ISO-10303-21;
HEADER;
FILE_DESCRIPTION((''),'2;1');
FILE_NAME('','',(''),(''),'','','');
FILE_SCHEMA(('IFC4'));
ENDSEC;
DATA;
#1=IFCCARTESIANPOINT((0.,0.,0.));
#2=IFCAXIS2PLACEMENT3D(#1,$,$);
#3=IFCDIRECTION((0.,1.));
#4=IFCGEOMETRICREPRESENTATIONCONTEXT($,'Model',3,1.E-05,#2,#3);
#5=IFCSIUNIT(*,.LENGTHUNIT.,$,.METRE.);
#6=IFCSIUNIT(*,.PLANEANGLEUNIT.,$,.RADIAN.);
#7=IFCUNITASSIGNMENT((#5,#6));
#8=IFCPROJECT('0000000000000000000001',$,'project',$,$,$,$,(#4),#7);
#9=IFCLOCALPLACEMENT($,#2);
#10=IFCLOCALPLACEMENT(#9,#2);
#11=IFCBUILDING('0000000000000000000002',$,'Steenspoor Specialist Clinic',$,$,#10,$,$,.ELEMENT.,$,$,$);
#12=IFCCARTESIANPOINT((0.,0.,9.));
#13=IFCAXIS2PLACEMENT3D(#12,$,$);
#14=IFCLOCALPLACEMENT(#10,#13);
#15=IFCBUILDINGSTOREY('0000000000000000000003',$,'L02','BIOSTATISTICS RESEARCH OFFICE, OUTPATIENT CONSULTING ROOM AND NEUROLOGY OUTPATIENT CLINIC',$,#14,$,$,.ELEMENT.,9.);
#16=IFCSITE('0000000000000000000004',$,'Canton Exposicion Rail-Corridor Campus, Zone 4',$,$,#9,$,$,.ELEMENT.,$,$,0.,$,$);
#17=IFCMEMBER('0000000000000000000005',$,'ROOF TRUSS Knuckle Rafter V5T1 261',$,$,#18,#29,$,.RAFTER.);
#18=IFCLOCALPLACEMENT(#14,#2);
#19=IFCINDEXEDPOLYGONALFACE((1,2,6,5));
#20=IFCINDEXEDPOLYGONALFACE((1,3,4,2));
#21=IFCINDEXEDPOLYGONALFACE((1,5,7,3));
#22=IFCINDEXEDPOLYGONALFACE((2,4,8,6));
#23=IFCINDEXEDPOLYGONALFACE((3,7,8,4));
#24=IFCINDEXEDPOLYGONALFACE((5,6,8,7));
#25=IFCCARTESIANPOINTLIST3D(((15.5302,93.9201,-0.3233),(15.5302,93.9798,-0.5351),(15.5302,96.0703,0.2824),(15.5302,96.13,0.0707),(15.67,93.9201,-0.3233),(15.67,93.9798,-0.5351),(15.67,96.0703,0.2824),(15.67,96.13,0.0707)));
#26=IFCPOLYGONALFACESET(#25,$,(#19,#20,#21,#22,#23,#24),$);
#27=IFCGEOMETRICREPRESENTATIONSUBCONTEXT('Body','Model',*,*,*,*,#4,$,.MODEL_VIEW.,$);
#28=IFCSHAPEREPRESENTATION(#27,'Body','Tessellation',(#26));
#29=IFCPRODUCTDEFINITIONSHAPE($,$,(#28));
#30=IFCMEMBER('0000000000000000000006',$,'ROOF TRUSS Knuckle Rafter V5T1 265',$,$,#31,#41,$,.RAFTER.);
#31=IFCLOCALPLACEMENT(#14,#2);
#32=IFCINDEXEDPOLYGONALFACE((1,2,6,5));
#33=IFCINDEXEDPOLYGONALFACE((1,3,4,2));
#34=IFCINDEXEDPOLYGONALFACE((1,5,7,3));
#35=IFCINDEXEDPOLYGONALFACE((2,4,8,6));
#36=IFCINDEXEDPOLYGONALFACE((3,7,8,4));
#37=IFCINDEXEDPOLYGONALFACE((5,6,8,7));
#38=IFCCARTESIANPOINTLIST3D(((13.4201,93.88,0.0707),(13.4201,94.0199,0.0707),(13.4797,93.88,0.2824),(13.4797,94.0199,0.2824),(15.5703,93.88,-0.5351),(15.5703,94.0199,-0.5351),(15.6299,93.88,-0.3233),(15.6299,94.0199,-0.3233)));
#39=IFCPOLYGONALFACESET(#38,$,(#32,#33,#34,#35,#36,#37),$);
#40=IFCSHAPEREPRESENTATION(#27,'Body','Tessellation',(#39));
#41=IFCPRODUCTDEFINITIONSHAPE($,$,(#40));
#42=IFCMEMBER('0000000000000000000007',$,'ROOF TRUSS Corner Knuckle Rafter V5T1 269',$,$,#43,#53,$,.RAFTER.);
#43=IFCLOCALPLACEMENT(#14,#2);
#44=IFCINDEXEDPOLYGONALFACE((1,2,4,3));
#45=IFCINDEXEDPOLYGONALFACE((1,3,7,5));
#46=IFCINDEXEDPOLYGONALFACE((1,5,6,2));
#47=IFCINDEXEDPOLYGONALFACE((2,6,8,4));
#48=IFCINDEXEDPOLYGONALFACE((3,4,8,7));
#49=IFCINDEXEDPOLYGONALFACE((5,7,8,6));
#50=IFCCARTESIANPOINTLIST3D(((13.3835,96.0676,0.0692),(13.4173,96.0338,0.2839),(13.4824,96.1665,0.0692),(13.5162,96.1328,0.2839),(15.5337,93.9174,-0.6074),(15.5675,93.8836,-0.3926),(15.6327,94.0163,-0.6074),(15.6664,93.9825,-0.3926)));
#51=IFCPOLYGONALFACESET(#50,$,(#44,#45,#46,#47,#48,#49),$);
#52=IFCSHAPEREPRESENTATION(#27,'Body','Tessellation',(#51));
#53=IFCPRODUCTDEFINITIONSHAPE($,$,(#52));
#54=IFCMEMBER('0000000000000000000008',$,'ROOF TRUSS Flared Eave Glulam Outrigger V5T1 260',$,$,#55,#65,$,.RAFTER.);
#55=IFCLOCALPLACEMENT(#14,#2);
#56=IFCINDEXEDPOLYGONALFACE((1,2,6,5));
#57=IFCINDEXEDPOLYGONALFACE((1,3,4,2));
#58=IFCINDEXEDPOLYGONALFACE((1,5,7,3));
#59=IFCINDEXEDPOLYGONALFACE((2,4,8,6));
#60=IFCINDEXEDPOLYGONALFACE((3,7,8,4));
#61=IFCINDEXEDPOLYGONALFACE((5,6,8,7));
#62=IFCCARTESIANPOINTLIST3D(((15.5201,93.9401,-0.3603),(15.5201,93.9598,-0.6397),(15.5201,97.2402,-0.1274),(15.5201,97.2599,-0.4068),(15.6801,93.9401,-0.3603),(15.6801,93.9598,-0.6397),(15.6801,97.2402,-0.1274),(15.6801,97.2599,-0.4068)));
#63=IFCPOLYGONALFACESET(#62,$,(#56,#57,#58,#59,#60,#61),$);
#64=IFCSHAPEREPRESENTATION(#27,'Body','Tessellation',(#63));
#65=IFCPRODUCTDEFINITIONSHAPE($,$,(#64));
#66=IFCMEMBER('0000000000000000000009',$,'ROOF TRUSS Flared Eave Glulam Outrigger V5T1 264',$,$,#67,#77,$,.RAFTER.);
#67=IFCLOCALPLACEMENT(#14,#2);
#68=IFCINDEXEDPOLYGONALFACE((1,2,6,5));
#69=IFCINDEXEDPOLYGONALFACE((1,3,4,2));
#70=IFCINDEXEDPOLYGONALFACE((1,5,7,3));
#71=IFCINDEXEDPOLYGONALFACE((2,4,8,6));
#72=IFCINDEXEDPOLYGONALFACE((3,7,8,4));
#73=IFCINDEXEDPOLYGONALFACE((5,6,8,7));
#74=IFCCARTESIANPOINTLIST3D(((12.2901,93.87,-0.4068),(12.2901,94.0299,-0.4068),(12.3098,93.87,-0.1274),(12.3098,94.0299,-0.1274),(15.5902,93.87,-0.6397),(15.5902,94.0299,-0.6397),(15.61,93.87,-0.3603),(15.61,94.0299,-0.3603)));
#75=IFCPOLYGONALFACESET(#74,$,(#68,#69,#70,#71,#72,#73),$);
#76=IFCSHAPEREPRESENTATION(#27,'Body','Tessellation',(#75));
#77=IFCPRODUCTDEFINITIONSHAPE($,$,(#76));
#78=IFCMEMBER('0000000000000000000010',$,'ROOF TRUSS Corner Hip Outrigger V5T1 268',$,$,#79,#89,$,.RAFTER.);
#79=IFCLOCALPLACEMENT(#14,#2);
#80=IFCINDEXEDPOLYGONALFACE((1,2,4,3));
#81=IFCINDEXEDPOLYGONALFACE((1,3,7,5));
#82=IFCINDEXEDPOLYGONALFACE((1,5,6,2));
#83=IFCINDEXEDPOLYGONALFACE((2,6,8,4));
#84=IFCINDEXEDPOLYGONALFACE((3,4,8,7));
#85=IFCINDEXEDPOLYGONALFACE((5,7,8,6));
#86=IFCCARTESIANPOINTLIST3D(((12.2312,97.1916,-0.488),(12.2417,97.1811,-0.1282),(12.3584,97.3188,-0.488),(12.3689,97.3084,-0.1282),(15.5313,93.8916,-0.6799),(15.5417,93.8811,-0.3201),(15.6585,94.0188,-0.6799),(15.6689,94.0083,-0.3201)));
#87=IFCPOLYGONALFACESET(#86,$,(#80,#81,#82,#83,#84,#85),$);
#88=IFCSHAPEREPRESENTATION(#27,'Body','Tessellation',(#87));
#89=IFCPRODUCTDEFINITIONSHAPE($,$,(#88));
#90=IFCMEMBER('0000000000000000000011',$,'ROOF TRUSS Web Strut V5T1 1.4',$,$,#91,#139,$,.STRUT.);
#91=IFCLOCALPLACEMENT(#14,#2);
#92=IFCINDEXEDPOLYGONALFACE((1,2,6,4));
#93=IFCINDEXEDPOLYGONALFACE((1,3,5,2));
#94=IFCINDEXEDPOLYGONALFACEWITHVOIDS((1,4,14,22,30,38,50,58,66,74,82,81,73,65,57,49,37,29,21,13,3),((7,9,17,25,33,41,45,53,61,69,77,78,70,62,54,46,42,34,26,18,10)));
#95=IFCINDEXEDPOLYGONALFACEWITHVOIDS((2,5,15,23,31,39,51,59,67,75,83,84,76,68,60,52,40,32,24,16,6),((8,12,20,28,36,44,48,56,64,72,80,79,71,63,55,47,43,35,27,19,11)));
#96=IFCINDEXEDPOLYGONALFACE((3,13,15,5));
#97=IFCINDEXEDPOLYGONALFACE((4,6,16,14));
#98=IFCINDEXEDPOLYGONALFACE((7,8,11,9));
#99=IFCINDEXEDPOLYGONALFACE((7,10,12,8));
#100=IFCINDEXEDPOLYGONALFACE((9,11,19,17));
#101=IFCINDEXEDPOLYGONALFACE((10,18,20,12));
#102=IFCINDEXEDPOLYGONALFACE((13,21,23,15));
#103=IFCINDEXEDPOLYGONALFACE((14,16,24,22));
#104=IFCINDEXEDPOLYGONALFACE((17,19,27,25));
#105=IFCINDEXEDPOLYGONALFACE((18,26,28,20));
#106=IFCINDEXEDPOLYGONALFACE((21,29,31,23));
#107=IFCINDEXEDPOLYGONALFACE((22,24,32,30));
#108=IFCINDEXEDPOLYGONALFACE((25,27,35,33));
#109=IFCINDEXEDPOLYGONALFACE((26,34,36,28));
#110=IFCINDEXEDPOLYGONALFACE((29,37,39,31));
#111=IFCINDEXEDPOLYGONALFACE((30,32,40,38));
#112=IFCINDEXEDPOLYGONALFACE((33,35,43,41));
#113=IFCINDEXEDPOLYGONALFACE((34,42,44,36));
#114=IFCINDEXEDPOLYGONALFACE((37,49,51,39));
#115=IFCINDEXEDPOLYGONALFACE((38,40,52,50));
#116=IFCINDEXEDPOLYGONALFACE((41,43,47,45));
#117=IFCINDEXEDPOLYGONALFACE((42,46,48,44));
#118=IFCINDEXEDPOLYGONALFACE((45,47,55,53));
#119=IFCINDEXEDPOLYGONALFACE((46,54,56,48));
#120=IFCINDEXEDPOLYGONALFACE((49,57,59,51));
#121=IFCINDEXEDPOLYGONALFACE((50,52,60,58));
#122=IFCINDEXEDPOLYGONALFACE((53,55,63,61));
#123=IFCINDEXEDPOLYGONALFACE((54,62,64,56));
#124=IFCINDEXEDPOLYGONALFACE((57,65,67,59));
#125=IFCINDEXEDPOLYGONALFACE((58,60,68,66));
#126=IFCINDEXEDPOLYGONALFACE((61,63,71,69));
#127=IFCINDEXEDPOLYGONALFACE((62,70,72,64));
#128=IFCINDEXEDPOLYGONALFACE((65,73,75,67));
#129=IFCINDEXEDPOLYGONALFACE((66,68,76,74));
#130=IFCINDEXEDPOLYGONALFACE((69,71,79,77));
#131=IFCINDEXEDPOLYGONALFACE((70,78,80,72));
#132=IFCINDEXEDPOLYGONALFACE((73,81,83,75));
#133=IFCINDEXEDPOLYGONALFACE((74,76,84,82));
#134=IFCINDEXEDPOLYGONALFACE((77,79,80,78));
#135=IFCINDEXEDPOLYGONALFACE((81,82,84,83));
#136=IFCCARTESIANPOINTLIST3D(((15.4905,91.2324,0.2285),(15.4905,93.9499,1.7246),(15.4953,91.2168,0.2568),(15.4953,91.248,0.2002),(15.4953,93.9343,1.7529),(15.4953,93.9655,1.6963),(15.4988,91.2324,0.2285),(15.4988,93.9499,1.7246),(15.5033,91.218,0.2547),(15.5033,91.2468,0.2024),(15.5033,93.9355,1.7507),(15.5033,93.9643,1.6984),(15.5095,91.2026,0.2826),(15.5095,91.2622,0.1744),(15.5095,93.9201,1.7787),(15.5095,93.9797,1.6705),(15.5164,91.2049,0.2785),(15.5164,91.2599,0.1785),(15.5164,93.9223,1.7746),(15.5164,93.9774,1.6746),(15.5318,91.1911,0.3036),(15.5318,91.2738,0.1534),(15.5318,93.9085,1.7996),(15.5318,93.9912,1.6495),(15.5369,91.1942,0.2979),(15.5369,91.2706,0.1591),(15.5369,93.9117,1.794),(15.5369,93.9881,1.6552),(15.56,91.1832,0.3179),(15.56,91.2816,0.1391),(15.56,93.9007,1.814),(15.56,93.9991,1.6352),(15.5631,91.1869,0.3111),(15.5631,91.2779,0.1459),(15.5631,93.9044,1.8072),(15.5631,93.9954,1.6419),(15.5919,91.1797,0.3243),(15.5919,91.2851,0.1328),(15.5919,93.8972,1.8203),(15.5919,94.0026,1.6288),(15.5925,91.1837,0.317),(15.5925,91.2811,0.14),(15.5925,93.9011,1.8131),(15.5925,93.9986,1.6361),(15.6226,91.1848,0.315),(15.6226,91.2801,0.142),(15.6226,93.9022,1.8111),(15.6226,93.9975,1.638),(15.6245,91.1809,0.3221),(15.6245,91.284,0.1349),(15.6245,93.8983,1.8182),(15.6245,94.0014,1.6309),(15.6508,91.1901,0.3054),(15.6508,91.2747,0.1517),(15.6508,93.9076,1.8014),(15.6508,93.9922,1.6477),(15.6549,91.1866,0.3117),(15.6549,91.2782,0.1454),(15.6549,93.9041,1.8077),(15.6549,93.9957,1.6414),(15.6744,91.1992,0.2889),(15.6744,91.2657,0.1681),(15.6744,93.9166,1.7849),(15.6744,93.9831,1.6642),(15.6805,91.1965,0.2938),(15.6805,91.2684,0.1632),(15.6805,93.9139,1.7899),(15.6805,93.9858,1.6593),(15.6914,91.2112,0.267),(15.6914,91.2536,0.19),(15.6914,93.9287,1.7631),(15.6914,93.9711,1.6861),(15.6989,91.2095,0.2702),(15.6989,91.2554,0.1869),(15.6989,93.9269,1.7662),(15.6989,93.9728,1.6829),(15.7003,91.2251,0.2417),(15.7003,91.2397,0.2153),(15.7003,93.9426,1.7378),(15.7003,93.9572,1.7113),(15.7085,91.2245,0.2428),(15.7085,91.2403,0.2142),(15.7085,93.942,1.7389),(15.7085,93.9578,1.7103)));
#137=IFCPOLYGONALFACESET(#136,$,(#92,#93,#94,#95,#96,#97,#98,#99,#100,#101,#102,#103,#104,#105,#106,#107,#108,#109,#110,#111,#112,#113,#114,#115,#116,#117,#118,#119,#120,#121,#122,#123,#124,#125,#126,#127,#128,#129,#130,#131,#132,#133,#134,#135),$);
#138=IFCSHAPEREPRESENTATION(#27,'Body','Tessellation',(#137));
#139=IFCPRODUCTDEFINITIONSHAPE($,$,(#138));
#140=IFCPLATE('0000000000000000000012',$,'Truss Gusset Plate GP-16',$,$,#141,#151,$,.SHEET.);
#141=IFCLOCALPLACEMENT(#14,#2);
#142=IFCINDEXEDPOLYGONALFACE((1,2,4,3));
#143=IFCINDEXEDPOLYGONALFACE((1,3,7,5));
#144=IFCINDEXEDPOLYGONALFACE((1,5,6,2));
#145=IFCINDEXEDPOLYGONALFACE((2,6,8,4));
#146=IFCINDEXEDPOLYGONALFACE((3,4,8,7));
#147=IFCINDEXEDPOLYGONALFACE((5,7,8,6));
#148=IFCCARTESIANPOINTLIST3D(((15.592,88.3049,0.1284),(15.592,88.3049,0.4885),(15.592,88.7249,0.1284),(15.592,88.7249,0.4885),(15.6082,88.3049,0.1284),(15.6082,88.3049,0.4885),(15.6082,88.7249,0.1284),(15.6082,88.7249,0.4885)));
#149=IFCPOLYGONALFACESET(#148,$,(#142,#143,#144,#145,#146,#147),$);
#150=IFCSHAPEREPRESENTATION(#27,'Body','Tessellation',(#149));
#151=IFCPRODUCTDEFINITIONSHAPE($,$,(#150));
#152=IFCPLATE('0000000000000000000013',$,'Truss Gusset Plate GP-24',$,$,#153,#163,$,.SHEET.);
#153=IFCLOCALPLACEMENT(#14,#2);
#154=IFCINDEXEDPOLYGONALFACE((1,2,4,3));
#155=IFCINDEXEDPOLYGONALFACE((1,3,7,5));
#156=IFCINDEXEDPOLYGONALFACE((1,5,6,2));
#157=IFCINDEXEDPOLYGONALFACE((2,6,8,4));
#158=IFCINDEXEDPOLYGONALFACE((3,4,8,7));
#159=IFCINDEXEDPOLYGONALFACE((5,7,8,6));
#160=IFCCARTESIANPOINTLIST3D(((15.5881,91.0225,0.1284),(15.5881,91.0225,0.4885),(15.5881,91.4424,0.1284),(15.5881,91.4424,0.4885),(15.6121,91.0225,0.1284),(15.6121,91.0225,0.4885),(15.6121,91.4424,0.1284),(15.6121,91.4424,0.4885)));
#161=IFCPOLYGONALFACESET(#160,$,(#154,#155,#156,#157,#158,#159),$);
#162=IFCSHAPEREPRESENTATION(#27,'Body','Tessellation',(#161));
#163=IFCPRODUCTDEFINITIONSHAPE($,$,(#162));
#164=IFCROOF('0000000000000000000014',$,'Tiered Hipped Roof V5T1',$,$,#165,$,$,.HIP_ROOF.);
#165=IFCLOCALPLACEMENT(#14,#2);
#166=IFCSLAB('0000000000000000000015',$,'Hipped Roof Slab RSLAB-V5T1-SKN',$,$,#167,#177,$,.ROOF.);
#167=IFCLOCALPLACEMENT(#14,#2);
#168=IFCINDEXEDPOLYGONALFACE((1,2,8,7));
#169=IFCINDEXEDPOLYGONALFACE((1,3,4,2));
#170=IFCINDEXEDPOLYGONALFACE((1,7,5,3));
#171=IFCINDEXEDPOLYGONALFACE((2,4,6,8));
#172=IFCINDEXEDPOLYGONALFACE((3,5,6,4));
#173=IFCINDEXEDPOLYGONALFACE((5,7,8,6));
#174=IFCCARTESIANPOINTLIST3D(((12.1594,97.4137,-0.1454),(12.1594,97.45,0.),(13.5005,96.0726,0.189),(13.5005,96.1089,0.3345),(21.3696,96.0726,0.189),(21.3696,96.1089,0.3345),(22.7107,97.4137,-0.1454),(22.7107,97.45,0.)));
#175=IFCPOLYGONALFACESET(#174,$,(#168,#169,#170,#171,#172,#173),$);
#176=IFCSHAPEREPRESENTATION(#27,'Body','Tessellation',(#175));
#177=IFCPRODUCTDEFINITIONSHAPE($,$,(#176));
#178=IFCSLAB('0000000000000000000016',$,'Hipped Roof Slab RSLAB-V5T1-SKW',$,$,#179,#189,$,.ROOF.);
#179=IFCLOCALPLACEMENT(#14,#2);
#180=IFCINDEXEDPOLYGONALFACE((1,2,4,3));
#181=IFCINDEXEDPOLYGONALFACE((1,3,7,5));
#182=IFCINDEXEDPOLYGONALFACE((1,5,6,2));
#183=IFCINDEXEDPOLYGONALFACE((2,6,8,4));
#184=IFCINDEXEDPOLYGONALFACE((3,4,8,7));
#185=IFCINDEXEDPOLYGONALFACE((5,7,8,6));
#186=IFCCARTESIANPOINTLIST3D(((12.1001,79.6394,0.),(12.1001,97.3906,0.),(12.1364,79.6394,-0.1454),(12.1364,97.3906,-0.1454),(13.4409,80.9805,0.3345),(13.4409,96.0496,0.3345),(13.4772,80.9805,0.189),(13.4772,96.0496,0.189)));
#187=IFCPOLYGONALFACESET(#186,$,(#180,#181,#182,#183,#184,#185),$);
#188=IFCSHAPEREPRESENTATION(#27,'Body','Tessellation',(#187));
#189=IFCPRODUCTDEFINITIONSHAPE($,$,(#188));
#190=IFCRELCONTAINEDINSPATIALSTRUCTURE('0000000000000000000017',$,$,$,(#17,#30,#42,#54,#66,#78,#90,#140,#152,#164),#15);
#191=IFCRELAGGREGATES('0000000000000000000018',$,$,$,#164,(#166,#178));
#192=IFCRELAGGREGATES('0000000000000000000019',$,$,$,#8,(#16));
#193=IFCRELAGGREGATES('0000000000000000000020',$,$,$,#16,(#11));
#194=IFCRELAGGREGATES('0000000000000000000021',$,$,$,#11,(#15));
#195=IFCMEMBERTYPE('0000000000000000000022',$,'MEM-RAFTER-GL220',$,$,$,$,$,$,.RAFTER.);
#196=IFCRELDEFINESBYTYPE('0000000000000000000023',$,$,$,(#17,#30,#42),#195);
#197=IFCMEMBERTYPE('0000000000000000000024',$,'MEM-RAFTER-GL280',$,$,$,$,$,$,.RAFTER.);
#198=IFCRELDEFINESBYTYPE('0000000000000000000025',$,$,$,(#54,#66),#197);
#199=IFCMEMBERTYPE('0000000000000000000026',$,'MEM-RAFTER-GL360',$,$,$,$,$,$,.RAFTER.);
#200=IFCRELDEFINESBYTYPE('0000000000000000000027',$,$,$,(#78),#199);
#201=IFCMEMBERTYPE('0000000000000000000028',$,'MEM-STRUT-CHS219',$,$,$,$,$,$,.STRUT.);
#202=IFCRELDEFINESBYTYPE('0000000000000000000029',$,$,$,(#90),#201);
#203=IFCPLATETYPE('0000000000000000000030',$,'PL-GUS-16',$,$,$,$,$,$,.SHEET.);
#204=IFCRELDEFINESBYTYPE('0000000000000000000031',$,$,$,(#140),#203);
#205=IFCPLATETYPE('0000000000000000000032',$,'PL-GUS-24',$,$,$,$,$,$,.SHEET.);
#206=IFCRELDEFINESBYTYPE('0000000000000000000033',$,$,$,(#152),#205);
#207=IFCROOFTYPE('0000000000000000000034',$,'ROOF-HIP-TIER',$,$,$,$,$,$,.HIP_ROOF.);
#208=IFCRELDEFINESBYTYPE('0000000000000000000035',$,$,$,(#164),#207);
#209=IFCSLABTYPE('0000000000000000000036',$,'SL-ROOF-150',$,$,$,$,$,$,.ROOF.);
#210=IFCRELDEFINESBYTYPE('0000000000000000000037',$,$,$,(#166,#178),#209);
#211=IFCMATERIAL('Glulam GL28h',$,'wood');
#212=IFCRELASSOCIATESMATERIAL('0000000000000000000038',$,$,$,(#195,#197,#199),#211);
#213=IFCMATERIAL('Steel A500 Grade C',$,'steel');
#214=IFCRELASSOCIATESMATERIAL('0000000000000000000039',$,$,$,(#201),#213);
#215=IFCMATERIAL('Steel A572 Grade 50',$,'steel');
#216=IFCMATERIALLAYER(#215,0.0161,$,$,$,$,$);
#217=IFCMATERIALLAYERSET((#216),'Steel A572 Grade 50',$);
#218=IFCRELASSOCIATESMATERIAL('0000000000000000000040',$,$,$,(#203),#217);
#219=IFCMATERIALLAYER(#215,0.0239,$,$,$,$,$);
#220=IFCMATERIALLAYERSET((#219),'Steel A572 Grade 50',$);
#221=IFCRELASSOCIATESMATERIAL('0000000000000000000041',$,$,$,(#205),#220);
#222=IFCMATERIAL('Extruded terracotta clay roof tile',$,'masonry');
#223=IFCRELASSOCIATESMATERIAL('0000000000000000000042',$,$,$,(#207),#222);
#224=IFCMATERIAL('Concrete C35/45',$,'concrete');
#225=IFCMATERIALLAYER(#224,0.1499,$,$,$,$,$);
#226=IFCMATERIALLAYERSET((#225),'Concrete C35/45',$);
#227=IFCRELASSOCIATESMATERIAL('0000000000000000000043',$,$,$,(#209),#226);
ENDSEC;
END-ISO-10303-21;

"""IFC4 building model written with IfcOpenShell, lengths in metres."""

from ifc_helpers import new_model, si_unit, direction, frame, origin, origin_2d, place, context, subcontext, project, spatial, polyline, rectangle, hollow_circle, outline, extrude, material, layer, layer_set, material_profile, profile_set, type_object, element, aggregate, save


model = new_model("IFC4")

# Units and contexts
model_context = context("Model", 3, precision=1e-05, world=origin(), true_north=direction((0.0, 1.0)))
body_context = subcontext(model_context, "Body", "Model", "MODEL_VIEW")
ifc_project = project(units=[si_unit("LENGTHUNIT", "METRE"), si_unit("PLANEANGLEUNIT", "RADIAN")], contexts=[model_context])

# Site, building, storey
site_placement = place(None, origin())
site = spatial("IfcSite", under=ifc_project, at=site_placement, Name="Canton Exposicion Rail-Corridor Campus, Zone 4", CompositionType="ELEMENT", RefElevation=0.0)
building_placement = place(site_placement, origin())
building = spatial("IfcBuilding", under=site, at=building_placement, Name="Steenspoor Specialist Clinic", CompositionType="ELEMENT")
storey_placement = place(building_placement, frame((0.0, 0.0, 9.0)))
storey = spatial("IfcBuildingStorey", under=building, at=storey_placement, Name="L02", Description="BIOSTATISTICS RESEARCH OFFICE, OUTPATIENT CONSULTING ROOM AND NEUROLOGY OUTPATIENT CLINIC", CompositionType="ELEMENT", Elevation=9.0)

# Members
ifc_material_1 = material(Name="Steel A500 Grade C", Category="steel")
ifc_material_2 = material(Name="Glulam GL28h", Category="wood")
ifc_material_profile_1 = material_profile(ifc_material_2, rectangle(XDim=0.1399, YDim=0.22, at=origin_2d()), Name="GL28H-140X220")
ifc_profile_set_1 = profile_set([ifc_material_profile_1], Name="Glulam GL28h")
member_type_1 = type_object("IfcMemberType", Name="MEM-RAFTER-GL220", PredefinedType="RAFTER", material=ifc_profile_set_1)
for number, where, z_axis, x_axis, name in (
    (1, (15.6001, 93.95, -0.4292), (0.0, 0.962536, 0.271154), (-1.0, 0.0, 0.0), "ROOF TRUSS Knuckle Rafter V5T1 261"),
    (2, (15.6001, 93.95, -0.4292), (-0.962536, 0.0, 0.271154), (0.0, -1.0, 0.0), "ROOF TRUSS Knuckle Rafter V5T1 265"),
):
    element("IfcMember", number, at=place(storey_placement, frame(where, z_axis=z_axis, x_axis=x_axis)), inside=storey, type_object=member_type_1, Name=name, PredefinedType="RAFTER", context=body_context, shape_type="SweptSolid", body=[
        extrude(rectangle(XDim=0.1399, YDim=0.22, at=origin_2d()), origin(), (0.0, 0.0, 1.0), 2.2339),
    ])
member_1_placement = place(storey_placement, frame((15.6001, 93.95, -0.5), z_axis=(-0.690231, 0.690231, 0.217171), x_axis=(-0.707107, -0.707107, 0.0)))
element("IfcMember", 3, at=member_1_placement, inside=storey, type_object=member_type_1, Name="ROOF TRUSS Corner Knuckle Rafter V5T1 269", PredefinedType="RAFTER", context=body_context, shape_type="SweptSolid", body=[
    extrude(rectangle(XDim=0.1399, YDim=0.22, at=origin_2d()), origin(), (0.0, 0.0, 1.0), 3.1152),
])
ifc_material_profile_2 = material_profile(ifc_material_2, rectangle(XDim=0.1599, YDim=0.28, at=origin_2d()), Name="GL28H-160X280")
ifc_profile_set_2 = profile_set([ifc_material_profile_2], Name="Glulam GL28h")
member_type_2 = type_object("IfcMemberType", Name="MEM-RAFTER-GL280", PredefinedType="RAFTER", material=ifc_profile_set_2)
for number, where, z_axis, x_axis, name in (
    (4, (15.6001, 93.95, -0.5), (0.0, 0.997519, 0.070403), (-1.0, 0.0, 0.0), "ROOF TRUSS Flared Eave Glulam Outrigger V5T1 260"),
    (5, (15.6001, 93.95, -0.5), (-0.997519, 0.0, 0.070403), (0.0, -1.0, 0.0), "ROOF TRUSS Flared Eave Glulam Outrigger V5T1 264"),
):
    element("IfcMember", number, at=place(storey_placement, frame(where, z_axis=z_axis, x_axis=x_axis)), inside=storey, type_object=member_type_2, Name=name, PredefinedType="RAFTER", context=body_context, shape_type="SweptSolid", body=[
        extrude(rectangle(XDim=0.1599, YDim=0.28, at=origin_2d()), origin(), (0.0, 0.0, 1.0), 3.3083),
    ])
ifc_material_profile_3 = material_profile(ifc_material_2, rectangle(XDim=0.1799, YDim=0.3601, at=origin_2d()), Name="GL28H-180X360")
ifc_profile_set_3 = profile_set([ifc_material_profile_3], Name="Glulam GL28h")
member_type_3 = type_object("IfcMemberType", Name="MEM-RAFTER-GL360", PredefinedType="RAFTER", material=ifc_profile_set_3)
member_2_placement = place(storey_placement, frame((15.6001, 93.95, -0.5), z_axis=(-0.70651, 0.70651, 0.041083), x_axis=(-0.707107, -0.707107, 0.0)))
element("IfcMember", 6, at=member_2_placement, inside=storey, type_object=member_type_3, Name="ROOF TRUSS Corner Hip Outrigger V5T1 268", PredefinedType="RAFTER", context=body_context, shape_type="SweptSolid", body=[
    extrude(rectangle(XDim=0.1799, YDim=0.3601, at=origin_2d()), origin(), (0.0, 0.0, 1.0), 4.6709),
])
ifc_material_profile_4 = material_profile(ifc_material_1, hollow_circle(Radius=0.1096, WallThickness=0.0083, at=origin_2d()), Name="CHS219X8.2")
ifc_profile_set_4 = profile_set([ifc_material_profile_4], Name="Steel A500 Grade C")
member_type_4 = type_object("IfcMemberType", Name="MEM-STRUT-CHS219", PredefinedType="STRUT", material=ifc_profile_set_4)
member_3_placement = place(storey_placement, frame((15.6001, 91.2324, 0.2285), z_axis=(0.0, 0.876018, 0.482278), x_axis=(-1.0, 0.0, 0.0)))
element("IfcMember", 7, at=member_3_placement, inside=storey, type_object=member_type_4, Name="ROOF TRUSS Web Strut V5T1 1.4", PredefinedType="STRUT", context=body_context, shape_type="SweptSolid", body=[
    extrude(hollow_circle(Radius=0.1096, WallThickness=0.0083, at=origin_2d()), origin(), (0.0, 0.0, 1.0), 3.1021),
])

# Plates
ifc_material_3 = material(Name="Steel A572 Grade 50", Category="steel")
ifc_layer_1 = layer(ifc_material_3, 0.0161)
ifc_layer_set_1 = layer_set([ifc_layer_1], Name="Steel A572 Grade 50")
plate_type_1 = type_object("IfcPlateType", Name="PL-GUS-16", PredefinedType="SHEET", material=ifc_layer_set_1)
plate_1_placement = place(storey_placement, frame((15.6001, 88.5149, 0.1284), z_axis=(0.0, 0.0, 1.0), x_axis=(1.0, 0.0, 0.0)))
element("IfcPlate", 8, at=plate_1_placement, inside=storey, type_object=plate_type_1, Name="Truss Gusset Plate GP-16", PredefinedType="SHEET", context=body_context, shape_type="SweptSolid", body=[
    extrude(rectangle(XDim=0.0161, YDim=0.4199, at=origin_2d()), origin(), (0.0, 0.0, 1.0), 0.3601),
])
ifc_layer_2 = layer(ifc_material_3, 0.0239)
ifc_layer_set_2 = layer_set([ifc_layer_2], Name="Steel A572 Grade 50")
plate_type_2 = type_object("IfcPlateType", Name="PL-GUS-24", PredefinedType="SHEET", material=ifc_layer_set_2)
plate_2_placement = place(storey_placement, frame((15.6001, 91.2324, 0.1284), z_axis=(0.0, 0.0, 1.0), x_axis=(1.0, 0.0, 0.0)))
element("IfcPlate", 9, at=plate_2_placement, inside=storey, type_object=plate_type_2, Name="Truss Gusset Plate GP-24", PredefinedType="SHEET", context=body_context, shape_type="SweptSolid", body=[
    extrude(rectangle(XDim=0.0239, YDim=0.4199, at=origin_2d()), origin(), (0.0, 0.0, 1.0), 0.3601),
])

# Roof, slabs
ifc_material_4 = material(Name="Extruded terracotta clay roof tile", Category="masonry")
roof_type = type_object("IfcRoofType", Name="ROOF-HIP-TIER", PredefinedType="HIP_ROOF", material=ifc_material_4)
roof_placement = place(storey_placement, origin())
roof = element("IfcRoof", 10, at=roof_placement, inside=storey, type_object=roof_type, Name="Tiered Hipped Roof V5T1", PredefinedType="HIP_ROOF")
ifc_material_5 = material(Name="Concrete C35/45", Category="concrete")
ifc_layer_3 = layer(ifc_material_5, 0.1499)
ifc_layer_set_3 = layer_set([ifc_layer_3], Name="Concrete C35/45")
slab_type = type_object("IfcSlabType", Name="SL-ROOF-150", PredefinedType="ROOF", material=ifc_layer_set_3)
slab_1_placement = place(storey_placement, frame((21.3696, 96.1089, 0.3345), z_axis=(0.0, 0.241995, 0.970277), x_axis=(0.696361, 0.696361, -0.173678)))
slab_1 = element("IfcSlab", 11, at=slab_1_placement, type_object=slab_type, Name="Hipped Roof Slab RSLAB-V5T1-SKN", PredefinedType="ROOF", context=body_context, shape_type="SweptSolid", body=[
    extrude(outline(polyline([(0.0, 0.0), (1.9258, 0.0), (-5.4217, 7.5726), (-5.4798, 5.6476), (0.0, 0.0)])), origin(), (0.0, 0.0, -1.0), 0.1499),
])
slab_2_placement = place(storey_placement, frame((13.4409, 96.0496, 0.3345), z_axis=(-0.242037, 0.0, 0.970267), x_axis=(-0.696295, 0.696422, -0.173693)))
slab_2 = element("IfcSlab", 12, at=slab_2_placement, type_object=slab_type, Name="Hipped Roof Slab RSLAB-V5T1-SKW", PredefinedType="ROOF", context=body_context, shape_type="SweptSolid", body=[
    extrude(outline(polyline([(0.0, 0.0), (1.9256, 0.0), (-10.4367, 12.7389), (-10.4944, 10.8141), (0.0, 0.0)])), origin(), (0.0, 0.0, -1.0), 0.1499),
])
aggregate(roof, [slab_1, slab_2])

save(model, "model.ifc")
